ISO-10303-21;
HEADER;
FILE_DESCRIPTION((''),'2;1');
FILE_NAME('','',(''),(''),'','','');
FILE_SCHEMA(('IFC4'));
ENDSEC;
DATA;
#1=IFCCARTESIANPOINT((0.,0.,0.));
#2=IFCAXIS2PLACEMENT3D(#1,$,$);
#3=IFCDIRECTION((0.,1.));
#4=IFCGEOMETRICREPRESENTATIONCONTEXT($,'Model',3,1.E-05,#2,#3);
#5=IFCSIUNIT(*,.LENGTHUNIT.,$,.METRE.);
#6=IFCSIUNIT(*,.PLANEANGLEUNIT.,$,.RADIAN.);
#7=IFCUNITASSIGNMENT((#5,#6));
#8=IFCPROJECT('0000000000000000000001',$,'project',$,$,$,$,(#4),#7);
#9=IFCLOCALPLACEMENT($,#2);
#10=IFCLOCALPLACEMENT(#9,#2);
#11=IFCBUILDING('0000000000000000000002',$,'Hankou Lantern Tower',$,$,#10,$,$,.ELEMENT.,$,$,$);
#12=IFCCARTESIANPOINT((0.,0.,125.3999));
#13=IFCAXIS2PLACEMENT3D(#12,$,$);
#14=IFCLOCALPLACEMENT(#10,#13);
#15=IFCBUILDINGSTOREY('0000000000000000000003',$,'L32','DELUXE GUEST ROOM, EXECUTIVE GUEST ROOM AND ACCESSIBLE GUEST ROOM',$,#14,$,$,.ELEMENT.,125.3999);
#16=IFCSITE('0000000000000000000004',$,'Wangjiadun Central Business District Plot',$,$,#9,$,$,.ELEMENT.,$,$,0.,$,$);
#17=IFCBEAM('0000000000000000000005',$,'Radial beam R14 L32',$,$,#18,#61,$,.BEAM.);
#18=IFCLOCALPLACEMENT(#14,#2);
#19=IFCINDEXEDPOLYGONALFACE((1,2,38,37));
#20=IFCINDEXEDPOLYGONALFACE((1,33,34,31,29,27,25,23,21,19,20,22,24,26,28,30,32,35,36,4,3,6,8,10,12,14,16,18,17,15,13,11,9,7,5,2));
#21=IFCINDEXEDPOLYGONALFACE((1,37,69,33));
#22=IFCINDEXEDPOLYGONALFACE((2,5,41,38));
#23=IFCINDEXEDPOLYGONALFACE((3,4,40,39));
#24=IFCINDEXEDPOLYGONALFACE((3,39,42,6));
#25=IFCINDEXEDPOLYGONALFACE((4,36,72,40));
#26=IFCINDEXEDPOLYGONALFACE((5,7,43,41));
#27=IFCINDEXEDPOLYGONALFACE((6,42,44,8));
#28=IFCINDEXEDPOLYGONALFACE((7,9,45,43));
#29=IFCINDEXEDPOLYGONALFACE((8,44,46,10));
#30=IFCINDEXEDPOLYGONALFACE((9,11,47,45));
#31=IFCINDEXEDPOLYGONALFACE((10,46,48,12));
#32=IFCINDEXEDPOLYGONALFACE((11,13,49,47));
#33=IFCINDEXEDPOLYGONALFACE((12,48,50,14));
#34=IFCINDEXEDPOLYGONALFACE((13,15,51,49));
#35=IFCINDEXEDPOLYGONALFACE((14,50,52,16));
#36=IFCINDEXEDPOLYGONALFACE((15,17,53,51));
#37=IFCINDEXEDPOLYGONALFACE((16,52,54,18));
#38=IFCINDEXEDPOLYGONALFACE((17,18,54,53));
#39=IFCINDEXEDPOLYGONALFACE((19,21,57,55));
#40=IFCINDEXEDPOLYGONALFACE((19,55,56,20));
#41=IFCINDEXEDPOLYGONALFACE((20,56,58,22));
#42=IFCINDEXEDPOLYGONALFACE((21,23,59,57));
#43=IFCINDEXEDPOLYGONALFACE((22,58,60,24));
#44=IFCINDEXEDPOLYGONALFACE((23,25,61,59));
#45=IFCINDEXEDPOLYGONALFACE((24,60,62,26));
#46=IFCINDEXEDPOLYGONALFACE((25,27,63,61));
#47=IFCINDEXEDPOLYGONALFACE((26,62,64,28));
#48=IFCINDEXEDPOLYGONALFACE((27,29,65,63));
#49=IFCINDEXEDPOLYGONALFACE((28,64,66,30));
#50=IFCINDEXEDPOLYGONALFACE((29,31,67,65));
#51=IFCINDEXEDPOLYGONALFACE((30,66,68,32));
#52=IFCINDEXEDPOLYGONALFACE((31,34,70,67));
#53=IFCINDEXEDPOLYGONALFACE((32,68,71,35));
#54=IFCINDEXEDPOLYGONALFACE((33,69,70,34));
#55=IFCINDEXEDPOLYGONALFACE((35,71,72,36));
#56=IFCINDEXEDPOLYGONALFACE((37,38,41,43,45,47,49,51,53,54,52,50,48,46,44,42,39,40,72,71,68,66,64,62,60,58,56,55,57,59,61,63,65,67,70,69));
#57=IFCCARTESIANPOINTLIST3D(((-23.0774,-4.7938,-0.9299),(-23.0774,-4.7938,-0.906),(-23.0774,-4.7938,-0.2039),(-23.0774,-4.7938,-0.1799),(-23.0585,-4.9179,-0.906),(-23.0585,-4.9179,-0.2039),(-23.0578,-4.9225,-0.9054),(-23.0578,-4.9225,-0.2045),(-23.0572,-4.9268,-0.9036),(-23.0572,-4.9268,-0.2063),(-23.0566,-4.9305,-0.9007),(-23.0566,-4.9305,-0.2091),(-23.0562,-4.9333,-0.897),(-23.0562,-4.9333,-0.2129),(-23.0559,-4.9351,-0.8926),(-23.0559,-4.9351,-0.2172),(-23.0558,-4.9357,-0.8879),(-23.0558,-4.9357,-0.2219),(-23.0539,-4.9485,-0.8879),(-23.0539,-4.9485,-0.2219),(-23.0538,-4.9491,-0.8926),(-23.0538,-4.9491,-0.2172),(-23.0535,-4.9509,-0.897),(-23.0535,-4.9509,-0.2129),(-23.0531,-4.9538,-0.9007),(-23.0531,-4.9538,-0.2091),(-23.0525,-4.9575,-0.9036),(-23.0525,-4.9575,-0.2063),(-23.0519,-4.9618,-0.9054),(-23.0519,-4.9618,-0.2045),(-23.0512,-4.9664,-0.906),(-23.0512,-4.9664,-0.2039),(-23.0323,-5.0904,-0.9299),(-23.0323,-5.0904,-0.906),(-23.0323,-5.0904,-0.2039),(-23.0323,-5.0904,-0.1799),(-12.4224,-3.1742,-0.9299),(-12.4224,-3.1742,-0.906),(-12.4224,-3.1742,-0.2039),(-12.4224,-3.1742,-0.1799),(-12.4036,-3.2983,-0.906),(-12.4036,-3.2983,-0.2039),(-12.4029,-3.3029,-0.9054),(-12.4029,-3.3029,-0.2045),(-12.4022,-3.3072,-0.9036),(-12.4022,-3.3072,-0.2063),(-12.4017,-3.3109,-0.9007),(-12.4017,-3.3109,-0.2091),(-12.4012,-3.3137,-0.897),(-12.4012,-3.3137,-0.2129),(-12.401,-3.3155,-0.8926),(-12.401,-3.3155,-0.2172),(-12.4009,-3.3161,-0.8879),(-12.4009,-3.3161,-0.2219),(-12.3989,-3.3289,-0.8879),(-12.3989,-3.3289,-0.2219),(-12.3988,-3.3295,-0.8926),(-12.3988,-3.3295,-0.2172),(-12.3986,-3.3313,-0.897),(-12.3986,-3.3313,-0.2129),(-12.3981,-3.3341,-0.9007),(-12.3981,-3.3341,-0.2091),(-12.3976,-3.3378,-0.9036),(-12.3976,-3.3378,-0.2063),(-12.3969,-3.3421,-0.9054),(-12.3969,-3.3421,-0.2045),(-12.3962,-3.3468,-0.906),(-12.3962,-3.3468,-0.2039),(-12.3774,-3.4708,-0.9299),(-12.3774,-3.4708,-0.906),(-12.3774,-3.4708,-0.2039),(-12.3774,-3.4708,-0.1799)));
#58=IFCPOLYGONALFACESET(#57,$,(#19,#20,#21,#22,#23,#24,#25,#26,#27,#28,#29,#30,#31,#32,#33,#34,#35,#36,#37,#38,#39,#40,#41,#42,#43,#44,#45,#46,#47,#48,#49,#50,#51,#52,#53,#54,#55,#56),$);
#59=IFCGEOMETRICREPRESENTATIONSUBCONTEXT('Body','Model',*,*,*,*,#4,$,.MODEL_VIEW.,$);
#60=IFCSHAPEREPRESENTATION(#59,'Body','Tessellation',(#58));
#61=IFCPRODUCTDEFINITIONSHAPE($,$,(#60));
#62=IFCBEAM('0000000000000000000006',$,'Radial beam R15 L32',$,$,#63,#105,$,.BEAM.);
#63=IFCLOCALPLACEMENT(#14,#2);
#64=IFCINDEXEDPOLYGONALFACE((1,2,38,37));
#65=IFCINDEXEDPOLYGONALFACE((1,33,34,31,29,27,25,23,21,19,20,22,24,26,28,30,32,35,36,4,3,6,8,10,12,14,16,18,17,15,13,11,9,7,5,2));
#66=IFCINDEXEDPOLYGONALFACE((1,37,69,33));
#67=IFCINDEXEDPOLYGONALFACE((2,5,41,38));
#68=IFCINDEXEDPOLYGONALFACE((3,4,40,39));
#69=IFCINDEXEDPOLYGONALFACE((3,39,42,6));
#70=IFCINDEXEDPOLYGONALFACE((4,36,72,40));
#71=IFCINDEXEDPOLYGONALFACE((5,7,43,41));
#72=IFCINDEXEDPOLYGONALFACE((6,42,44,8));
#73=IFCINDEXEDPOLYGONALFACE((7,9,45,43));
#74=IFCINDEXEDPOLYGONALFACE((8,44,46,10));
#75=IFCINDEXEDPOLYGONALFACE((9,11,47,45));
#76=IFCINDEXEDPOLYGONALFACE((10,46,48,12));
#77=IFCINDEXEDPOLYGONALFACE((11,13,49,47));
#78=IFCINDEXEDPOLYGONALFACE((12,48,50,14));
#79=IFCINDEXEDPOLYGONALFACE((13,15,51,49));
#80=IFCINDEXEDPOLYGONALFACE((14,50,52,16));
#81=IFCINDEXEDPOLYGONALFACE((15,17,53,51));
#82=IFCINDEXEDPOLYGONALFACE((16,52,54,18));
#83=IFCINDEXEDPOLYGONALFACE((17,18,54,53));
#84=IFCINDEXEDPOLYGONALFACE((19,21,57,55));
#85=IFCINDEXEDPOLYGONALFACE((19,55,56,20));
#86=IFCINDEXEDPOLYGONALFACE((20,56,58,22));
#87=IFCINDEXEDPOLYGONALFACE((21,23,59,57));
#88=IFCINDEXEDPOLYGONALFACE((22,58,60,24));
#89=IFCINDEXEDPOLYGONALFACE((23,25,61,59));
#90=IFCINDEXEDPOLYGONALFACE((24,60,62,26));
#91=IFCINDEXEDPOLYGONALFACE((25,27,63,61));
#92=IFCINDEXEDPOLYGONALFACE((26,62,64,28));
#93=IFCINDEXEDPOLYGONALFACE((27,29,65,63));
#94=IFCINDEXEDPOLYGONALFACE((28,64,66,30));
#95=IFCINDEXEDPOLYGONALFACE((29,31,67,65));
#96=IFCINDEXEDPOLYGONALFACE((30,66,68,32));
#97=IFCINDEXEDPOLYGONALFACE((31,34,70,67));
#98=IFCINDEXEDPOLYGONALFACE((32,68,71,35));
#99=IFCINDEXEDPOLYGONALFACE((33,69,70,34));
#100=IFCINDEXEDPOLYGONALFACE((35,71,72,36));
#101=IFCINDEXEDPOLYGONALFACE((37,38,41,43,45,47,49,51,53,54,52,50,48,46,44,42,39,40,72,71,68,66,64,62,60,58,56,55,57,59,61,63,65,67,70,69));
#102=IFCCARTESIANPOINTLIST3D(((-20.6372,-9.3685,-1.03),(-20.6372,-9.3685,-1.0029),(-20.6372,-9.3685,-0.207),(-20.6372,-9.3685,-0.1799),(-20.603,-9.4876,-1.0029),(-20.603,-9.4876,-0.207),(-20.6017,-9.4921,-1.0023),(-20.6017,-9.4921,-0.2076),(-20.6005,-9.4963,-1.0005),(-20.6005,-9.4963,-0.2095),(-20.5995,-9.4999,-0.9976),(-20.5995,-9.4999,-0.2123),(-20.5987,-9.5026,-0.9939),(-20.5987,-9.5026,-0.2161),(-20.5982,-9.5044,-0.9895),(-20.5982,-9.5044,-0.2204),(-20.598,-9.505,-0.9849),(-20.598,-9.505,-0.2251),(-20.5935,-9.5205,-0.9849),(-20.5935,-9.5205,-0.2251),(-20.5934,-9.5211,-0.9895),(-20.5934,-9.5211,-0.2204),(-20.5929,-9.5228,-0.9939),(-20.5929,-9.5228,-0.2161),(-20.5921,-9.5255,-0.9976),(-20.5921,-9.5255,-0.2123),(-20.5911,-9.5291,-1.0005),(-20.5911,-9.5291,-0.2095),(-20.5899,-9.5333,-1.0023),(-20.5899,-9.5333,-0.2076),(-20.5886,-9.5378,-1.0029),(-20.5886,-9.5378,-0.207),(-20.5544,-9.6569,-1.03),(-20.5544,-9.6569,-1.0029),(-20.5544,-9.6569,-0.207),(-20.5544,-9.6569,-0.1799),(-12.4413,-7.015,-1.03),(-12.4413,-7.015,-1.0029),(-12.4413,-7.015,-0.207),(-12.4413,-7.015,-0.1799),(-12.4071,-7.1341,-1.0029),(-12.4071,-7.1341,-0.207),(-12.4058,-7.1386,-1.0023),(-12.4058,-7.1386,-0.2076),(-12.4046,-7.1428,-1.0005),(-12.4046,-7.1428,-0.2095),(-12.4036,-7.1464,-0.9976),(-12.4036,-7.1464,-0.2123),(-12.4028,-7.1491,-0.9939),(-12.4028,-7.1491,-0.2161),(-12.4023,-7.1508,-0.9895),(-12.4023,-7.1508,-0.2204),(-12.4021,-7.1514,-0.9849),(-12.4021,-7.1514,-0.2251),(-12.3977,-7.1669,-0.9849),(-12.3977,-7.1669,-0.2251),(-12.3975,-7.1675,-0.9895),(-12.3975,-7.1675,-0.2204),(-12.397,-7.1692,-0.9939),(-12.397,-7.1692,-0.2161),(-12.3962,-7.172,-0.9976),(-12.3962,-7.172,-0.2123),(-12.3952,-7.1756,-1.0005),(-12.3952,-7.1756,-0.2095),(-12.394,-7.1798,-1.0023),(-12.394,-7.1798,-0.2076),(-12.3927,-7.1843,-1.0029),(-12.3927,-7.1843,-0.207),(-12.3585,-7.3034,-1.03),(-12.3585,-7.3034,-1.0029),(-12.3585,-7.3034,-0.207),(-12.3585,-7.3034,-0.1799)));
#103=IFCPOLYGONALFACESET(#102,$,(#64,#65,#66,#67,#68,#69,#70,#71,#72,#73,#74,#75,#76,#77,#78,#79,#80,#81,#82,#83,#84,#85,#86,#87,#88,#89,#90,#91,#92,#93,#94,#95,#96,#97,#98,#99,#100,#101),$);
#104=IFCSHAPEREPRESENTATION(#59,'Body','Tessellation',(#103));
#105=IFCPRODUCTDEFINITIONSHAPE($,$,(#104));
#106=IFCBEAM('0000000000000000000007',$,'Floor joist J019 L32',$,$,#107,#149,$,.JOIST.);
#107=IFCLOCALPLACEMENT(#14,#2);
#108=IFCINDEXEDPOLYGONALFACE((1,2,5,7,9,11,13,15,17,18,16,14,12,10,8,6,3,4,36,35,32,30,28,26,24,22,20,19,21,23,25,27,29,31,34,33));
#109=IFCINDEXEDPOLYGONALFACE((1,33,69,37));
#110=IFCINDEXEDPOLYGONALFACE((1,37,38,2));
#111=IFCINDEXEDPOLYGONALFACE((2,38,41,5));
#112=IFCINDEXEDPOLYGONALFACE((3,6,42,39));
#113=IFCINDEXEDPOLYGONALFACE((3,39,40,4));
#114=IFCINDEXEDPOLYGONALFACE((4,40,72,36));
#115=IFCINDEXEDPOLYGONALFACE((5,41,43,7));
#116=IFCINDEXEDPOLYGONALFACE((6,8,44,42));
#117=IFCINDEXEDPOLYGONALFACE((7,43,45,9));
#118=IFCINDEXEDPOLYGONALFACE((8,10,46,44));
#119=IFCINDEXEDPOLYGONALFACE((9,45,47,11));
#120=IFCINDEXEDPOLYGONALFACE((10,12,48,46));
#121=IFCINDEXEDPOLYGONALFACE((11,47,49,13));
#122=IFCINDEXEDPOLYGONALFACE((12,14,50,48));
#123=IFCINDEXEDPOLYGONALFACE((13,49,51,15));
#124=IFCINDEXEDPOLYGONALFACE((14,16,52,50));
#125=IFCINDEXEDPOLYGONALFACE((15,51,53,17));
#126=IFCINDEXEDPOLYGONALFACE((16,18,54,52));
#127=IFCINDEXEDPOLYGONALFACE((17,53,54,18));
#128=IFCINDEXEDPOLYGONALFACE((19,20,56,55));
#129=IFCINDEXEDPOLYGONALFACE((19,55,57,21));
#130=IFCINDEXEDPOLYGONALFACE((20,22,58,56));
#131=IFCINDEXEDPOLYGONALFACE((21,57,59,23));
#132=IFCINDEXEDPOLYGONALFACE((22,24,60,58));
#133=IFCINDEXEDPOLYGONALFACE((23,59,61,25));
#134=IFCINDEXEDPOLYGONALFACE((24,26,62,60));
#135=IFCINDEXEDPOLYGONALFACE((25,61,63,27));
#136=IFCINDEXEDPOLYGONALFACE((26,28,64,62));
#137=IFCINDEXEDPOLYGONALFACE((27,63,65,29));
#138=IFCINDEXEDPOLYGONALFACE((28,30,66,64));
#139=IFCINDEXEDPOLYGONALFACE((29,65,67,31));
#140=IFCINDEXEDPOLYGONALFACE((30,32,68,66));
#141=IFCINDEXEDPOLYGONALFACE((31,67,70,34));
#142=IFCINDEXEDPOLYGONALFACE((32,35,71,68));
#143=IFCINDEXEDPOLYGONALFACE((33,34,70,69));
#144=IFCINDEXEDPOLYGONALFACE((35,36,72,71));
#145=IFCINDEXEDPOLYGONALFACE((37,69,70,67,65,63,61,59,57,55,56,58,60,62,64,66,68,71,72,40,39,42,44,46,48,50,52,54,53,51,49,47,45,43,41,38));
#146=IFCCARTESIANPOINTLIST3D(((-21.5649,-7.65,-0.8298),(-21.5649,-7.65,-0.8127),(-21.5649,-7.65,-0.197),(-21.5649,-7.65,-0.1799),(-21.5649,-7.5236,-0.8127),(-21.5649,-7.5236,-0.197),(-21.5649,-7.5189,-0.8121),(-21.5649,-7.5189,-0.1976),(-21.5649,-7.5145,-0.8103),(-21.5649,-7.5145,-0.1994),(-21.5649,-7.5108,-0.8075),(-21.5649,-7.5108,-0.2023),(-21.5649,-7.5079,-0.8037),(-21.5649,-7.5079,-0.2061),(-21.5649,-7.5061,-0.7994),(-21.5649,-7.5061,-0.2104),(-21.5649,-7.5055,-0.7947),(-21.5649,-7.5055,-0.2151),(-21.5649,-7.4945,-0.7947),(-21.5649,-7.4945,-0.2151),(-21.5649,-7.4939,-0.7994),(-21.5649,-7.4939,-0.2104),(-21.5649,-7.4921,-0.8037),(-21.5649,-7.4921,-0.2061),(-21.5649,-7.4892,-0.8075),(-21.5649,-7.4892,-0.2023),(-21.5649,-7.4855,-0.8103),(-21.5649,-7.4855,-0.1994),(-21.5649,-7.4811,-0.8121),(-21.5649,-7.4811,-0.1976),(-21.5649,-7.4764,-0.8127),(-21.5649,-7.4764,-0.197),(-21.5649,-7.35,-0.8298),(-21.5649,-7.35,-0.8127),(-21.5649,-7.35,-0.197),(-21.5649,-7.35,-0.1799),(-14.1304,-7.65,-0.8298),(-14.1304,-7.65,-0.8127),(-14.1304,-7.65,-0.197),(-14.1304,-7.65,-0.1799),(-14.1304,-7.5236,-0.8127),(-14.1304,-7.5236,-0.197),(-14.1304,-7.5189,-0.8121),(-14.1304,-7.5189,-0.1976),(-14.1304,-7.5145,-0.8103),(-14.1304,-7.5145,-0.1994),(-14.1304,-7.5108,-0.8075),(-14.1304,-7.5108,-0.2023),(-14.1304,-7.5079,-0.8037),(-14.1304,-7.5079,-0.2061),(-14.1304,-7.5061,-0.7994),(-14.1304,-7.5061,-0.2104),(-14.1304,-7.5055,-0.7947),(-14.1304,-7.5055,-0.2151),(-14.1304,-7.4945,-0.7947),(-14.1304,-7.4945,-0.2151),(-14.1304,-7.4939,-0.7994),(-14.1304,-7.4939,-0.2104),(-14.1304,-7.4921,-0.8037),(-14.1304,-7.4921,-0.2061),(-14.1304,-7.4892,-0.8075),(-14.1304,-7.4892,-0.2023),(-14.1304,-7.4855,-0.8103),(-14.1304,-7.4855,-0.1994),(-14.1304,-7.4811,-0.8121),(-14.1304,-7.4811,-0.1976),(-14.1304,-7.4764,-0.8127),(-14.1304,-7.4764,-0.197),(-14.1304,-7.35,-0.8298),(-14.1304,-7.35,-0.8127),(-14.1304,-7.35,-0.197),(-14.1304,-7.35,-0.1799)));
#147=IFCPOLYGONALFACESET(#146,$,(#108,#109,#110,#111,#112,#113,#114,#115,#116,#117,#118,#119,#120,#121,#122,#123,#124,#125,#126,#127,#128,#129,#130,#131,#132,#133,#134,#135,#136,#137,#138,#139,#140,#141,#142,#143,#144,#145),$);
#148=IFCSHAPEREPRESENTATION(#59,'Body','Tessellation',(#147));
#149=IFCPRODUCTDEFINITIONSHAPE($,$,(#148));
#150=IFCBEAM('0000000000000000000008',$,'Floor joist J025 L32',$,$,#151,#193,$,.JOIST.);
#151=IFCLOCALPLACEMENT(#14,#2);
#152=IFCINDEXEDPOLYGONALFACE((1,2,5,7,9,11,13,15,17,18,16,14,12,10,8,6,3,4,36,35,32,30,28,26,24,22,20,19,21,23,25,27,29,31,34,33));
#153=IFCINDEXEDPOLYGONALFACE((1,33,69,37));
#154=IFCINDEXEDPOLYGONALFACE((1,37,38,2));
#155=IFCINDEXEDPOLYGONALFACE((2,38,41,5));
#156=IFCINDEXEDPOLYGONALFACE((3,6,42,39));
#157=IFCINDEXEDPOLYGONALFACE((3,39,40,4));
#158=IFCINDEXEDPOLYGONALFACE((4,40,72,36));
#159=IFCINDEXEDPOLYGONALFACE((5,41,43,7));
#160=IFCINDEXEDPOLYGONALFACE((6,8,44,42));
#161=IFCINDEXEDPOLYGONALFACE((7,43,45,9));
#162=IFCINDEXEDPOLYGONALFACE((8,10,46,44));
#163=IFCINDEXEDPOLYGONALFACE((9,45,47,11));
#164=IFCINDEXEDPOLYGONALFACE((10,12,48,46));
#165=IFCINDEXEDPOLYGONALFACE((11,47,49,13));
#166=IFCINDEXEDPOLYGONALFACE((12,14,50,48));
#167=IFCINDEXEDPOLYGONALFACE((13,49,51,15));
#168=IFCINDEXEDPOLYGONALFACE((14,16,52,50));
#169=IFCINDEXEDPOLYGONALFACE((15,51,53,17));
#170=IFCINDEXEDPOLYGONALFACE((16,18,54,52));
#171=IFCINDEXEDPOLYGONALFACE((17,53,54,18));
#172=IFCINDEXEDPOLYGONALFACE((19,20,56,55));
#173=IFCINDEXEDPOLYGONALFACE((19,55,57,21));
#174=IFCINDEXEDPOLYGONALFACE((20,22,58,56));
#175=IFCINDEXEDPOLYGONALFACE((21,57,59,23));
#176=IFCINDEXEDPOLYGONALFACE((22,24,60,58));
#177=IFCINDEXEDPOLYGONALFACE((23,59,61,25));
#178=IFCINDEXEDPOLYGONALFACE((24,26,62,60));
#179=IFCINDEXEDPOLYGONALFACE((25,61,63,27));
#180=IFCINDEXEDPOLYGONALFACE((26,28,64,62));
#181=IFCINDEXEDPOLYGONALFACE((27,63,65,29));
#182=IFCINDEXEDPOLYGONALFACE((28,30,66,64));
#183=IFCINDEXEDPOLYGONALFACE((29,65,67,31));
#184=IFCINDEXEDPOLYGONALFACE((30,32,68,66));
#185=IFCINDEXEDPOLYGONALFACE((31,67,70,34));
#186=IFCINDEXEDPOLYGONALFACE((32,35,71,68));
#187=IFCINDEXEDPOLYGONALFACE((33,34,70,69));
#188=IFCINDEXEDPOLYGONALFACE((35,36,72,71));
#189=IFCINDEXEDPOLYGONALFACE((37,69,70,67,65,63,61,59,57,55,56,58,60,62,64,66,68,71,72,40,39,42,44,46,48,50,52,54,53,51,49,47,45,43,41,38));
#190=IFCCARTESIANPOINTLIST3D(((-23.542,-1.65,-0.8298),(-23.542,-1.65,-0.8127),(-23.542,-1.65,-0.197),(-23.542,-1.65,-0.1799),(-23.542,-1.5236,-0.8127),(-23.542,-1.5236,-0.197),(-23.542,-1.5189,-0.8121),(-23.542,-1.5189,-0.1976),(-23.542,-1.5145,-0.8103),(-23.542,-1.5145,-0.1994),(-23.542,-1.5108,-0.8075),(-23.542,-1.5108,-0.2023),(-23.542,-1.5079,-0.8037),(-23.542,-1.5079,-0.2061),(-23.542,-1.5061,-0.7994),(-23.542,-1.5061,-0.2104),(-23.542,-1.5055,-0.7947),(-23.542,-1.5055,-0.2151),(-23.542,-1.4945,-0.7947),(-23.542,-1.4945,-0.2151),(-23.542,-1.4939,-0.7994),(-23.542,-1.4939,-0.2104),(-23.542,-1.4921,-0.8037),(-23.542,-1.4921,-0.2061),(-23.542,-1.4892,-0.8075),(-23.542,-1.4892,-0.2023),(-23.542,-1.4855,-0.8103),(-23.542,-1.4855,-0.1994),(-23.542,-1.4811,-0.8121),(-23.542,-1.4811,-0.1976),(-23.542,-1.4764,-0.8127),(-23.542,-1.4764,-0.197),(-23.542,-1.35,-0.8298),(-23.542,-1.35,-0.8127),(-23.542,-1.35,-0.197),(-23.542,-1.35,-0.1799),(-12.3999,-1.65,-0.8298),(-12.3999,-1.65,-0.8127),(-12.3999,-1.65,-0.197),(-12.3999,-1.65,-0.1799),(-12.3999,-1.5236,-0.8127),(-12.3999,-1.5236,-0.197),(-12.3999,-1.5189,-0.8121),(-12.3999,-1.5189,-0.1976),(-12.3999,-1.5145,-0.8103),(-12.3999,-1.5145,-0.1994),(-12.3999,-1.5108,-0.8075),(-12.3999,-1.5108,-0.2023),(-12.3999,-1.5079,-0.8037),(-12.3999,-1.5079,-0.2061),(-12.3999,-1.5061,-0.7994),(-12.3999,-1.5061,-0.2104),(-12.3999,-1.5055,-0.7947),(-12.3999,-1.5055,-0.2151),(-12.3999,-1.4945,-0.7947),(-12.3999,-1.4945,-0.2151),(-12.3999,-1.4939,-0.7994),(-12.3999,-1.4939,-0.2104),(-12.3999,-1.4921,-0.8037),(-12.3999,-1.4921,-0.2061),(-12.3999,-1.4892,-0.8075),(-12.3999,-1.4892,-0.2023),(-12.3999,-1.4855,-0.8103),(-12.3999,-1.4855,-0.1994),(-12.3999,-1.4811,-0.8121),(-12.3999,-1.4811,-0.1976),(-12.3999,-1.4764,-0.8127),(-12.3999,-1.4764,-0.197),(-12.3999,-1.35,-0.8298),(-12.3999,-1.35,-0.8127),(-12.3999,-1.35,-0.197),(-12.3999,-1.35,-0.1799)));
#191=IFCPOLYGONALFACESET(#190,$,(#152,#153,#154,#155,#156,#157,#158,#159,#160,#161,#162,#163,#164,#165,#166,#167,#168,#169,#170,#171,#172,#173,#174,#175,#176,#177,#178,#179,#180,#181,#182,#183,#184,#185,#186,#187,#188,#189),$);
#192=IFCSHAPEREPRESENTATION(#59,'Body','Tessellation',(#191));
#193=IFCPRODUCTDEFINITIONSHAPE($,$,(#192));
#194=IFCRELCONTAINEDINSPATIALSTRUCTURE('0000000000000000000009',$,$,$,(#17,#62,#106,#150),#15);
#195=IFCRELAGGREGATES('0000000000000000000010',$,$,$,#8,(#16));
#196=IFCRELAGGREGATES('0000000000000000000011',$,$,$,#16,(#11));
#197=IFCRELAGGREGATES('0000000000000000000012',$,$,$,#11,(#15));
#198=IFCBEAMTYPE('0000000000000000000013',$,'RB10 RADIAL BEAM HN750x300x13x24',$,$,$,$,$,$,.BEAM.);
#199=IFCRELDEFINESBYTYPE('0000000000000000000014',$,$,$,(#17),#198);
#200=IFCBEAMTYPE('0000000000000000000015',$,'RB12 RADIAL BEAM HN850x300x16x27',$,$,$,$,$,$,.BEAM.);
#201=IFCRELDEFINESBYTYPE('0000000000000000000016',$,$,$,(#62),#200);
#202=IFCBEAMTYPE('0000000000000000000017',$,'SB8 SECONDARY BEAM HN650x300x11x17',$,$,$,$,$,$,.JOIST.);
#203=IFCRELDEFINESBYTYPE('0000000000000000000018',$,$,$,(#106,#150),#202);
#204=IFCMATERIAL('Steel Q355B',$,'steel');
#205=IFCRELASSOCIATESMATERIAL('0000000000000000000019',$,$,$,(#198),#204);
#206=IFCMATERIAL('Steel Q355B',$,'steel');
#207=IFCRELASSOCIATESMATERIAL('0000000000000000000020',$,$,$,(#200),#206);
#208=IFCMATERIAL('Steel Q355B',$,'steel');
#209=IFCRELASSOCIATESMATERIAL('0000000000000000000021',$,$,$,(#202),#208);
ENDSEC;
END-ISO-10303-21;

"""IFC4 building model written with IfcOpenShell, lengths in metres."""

from ifc_helpers import new_model, si_unit, direction, frame, origin, origin_2d, place, context, subcontext, project, spatial, i_section, extrude, material, material_profile, profile_set, type_object, element, save


model = new_model("IFC4")

# Units and contexts
model_context = context("Model", 3, precision=1e-05, world=origin(), true_north=direction((0.0, 1.0)))
body_context = subcontext(model_context, "Body", "Model", "MODEL_VIEW")
ifc_project = project(units=[si_unit("LENGTHUNIT", "METRE"), si_unit("PLANEANGLEUNIT", "RADIAN")], contexts=[model_context])

# Site, building, storey
site_placement = place(None, origin())
site = spatial("IfcSite", under=ifc_project, at=site_placement, Name="Wangjiadun Central Business District Plot", CompositionType="ELEMENT", RefElevation=0.0)
building_placement = place(site_placement, origin())
building = spatial("IfcBuilding", under=site, at=building_placement, Name="Hankou Lantern Tower", CompositionType="ELEMENT")
storey_placement = place(building_placement, frame((0.0, 0.0, 125.3999)))
storey = spatial("IfcBuildingStorey", under=building, at=storey_placement, Name="L32", Description="DELUXE GUEST ROOM, EXECUTIVE GUEST ROOM AND ACCESSIBLE GUEST ROOM", CompositionType="ELEMENT", Elevation=125.3999)

# Beams
ifc_material_1 = material(Name="Steel Q355B", Category="steel")
ifc_material_profile_1 = material_profile(ifc_material_1, i_section(OverallWidth=0.3, OverallDepth=0.75, WebThickness=0.0129, FlangeThickness=0.0239, FilletRadius=0.0181, at=origin_2d()), Name="HN750x300x13x24")
ifc_profile_set_1 = profile_set([ifc_material_profile_1], Name="Steel Q355B")
beam_type_1 = type_object("IfcBeamType", Name="RB10 RADIAL BEAM HN750x300x13x24", PredefinedType="BEAM", material=ifc_profile_set_1)
beam_1_placement = place(storey_placement, frame((-12.3999, -3.3225, -0.5549), z_axis=(-0.988644, -0.15028, 0.0), x_axis=(0.15028, -0.988644, 0.0)))
element("IfcBeam", 1, at=beam_1_placement, inside=storey, type_object=beam_type_1, Name="Radial beam R14 L32", PredefinedType="BEAM", context=body_context, shape_type="SweptSolid", body=[
    extrude(i_section(OverallWidth=0.3, OverallDepth=0.75, WebThickness=0.0129, FlangeThickness=0.0239, FilletRadius=0.0181, at=origin_2d()), origin(), (0.0, 0.0, 1.0), 10.7773),
])
ifc_material_2 = material(Name="Steel Q355B", Category="steel")
ifc_material_profile_2 = material_profile(ifc_material_2, i_section(OverallWidth=0.3, OverallDepth=0.8501, WebThickness=0.0161, FlangeThickness=0.0271, FilletRadius=0.0181, at=origin_2d()), Name="HN850x300x16x27")
ifc_profile_set_2 = profile_set([ifc_material_profile_2], Name="Steel Q355B")
beam_type_2 = type_object("IfcBeamType", Name="RB12 RADIAL BEAM HN850x300x16x27", PredefinedType="BEAM", material=ifc_profile_set_2)
beam_2_placement = place(storey_placement, frame((-12.3999, -7.1592, -0.605), z_axis=(-0.961156, -0.276007, 0.0), x_axis=(0.276007, -0.961156, 0.0)))
element("IfcBeam", 2, at=beam_2_placement, inside=storey, type_object=beam_type_2, Name="Radial beam R15 L32", PredefinedType="BEAM", context=body_context, shape_type="SweptSolid", body=[
    extrude(i_section(OverallWidth=0.3, OverallDepth=0.8501, WebThickness=0.0161, FlangeThickness=0.0271, FilletRadius=0.0181, at=origin_2d()), origin(), (0.0, 0.0, 1.0), 8.5271),
])
ifc_material_3 = material(Name="Steel Q355B", Category="steel")
ifc_material_profile_3 = material_profile(ifc_material_3, i_section(OverallWidth=0.3, OverallDepth=0.6499, WebThickness=0.011, FlangeThickness=0.0171, FilletRadius=0.0181, at=origin_2d()), Name="HN650x300x11x17")
ifc_profile_set_3 = profile_set([ifc_material_profile_3], Name="Steel Q355B")
beam_type_3 = type_object("IfcBeamType", Name="SB8 SECONDARY BEAM HN650x300x11x17", PredefinedType="JOIST", material=ifc_profile_set_3)
beam_3_placement = place(storey_placement, frame((-21.5649, -7.5, -0.5049), z_axis=(1.0, 0.0, 0.0), x_axis=(0.0, 1.0, 0.0)))
element("IfcBeam", 3, at=beam_3_placement, inside=storey, type_object=beam_type_3, Name="Floor joist J019 L32", PredefinedType="JOIST", context=body_context, shape_type="SweptSolid", body=[
    extrude(i_section(OverallWidth=0.3, OverallDepth=0.6499, WebThickness=0.011, FlangeThickness=0.0171, FilletRadius=0.0181, at=origin_2d()), origin(), (0.0, 0.0, 1.0), 7.4346),
])
beam_4_placement = place(storey_placement, frame((-23.542, -1.5, -0.5049), z_axis=(1.0, 0.0, 0.0), x_axis=(0.0, 1.0, 0.0)))
element("IfcBeam", 4, at=beam_4_placement, inside=storey, type_object=beam_type_3, Name="Floor joist J025 L32", PredefinedType="JOIST", context=body_context, shape_type="SweptSolid", body=[
    extrude(i_section(OverallWidth=0.3, OverallDepth=0.6499, WebThickness=0.011, FlangeThickness=0.0171, FilletRadius=0.0181, at=origin_2d()), origin(), (0.0, 0.0, 1.0), 11.1421),
])

save(model, "model.ifc")
